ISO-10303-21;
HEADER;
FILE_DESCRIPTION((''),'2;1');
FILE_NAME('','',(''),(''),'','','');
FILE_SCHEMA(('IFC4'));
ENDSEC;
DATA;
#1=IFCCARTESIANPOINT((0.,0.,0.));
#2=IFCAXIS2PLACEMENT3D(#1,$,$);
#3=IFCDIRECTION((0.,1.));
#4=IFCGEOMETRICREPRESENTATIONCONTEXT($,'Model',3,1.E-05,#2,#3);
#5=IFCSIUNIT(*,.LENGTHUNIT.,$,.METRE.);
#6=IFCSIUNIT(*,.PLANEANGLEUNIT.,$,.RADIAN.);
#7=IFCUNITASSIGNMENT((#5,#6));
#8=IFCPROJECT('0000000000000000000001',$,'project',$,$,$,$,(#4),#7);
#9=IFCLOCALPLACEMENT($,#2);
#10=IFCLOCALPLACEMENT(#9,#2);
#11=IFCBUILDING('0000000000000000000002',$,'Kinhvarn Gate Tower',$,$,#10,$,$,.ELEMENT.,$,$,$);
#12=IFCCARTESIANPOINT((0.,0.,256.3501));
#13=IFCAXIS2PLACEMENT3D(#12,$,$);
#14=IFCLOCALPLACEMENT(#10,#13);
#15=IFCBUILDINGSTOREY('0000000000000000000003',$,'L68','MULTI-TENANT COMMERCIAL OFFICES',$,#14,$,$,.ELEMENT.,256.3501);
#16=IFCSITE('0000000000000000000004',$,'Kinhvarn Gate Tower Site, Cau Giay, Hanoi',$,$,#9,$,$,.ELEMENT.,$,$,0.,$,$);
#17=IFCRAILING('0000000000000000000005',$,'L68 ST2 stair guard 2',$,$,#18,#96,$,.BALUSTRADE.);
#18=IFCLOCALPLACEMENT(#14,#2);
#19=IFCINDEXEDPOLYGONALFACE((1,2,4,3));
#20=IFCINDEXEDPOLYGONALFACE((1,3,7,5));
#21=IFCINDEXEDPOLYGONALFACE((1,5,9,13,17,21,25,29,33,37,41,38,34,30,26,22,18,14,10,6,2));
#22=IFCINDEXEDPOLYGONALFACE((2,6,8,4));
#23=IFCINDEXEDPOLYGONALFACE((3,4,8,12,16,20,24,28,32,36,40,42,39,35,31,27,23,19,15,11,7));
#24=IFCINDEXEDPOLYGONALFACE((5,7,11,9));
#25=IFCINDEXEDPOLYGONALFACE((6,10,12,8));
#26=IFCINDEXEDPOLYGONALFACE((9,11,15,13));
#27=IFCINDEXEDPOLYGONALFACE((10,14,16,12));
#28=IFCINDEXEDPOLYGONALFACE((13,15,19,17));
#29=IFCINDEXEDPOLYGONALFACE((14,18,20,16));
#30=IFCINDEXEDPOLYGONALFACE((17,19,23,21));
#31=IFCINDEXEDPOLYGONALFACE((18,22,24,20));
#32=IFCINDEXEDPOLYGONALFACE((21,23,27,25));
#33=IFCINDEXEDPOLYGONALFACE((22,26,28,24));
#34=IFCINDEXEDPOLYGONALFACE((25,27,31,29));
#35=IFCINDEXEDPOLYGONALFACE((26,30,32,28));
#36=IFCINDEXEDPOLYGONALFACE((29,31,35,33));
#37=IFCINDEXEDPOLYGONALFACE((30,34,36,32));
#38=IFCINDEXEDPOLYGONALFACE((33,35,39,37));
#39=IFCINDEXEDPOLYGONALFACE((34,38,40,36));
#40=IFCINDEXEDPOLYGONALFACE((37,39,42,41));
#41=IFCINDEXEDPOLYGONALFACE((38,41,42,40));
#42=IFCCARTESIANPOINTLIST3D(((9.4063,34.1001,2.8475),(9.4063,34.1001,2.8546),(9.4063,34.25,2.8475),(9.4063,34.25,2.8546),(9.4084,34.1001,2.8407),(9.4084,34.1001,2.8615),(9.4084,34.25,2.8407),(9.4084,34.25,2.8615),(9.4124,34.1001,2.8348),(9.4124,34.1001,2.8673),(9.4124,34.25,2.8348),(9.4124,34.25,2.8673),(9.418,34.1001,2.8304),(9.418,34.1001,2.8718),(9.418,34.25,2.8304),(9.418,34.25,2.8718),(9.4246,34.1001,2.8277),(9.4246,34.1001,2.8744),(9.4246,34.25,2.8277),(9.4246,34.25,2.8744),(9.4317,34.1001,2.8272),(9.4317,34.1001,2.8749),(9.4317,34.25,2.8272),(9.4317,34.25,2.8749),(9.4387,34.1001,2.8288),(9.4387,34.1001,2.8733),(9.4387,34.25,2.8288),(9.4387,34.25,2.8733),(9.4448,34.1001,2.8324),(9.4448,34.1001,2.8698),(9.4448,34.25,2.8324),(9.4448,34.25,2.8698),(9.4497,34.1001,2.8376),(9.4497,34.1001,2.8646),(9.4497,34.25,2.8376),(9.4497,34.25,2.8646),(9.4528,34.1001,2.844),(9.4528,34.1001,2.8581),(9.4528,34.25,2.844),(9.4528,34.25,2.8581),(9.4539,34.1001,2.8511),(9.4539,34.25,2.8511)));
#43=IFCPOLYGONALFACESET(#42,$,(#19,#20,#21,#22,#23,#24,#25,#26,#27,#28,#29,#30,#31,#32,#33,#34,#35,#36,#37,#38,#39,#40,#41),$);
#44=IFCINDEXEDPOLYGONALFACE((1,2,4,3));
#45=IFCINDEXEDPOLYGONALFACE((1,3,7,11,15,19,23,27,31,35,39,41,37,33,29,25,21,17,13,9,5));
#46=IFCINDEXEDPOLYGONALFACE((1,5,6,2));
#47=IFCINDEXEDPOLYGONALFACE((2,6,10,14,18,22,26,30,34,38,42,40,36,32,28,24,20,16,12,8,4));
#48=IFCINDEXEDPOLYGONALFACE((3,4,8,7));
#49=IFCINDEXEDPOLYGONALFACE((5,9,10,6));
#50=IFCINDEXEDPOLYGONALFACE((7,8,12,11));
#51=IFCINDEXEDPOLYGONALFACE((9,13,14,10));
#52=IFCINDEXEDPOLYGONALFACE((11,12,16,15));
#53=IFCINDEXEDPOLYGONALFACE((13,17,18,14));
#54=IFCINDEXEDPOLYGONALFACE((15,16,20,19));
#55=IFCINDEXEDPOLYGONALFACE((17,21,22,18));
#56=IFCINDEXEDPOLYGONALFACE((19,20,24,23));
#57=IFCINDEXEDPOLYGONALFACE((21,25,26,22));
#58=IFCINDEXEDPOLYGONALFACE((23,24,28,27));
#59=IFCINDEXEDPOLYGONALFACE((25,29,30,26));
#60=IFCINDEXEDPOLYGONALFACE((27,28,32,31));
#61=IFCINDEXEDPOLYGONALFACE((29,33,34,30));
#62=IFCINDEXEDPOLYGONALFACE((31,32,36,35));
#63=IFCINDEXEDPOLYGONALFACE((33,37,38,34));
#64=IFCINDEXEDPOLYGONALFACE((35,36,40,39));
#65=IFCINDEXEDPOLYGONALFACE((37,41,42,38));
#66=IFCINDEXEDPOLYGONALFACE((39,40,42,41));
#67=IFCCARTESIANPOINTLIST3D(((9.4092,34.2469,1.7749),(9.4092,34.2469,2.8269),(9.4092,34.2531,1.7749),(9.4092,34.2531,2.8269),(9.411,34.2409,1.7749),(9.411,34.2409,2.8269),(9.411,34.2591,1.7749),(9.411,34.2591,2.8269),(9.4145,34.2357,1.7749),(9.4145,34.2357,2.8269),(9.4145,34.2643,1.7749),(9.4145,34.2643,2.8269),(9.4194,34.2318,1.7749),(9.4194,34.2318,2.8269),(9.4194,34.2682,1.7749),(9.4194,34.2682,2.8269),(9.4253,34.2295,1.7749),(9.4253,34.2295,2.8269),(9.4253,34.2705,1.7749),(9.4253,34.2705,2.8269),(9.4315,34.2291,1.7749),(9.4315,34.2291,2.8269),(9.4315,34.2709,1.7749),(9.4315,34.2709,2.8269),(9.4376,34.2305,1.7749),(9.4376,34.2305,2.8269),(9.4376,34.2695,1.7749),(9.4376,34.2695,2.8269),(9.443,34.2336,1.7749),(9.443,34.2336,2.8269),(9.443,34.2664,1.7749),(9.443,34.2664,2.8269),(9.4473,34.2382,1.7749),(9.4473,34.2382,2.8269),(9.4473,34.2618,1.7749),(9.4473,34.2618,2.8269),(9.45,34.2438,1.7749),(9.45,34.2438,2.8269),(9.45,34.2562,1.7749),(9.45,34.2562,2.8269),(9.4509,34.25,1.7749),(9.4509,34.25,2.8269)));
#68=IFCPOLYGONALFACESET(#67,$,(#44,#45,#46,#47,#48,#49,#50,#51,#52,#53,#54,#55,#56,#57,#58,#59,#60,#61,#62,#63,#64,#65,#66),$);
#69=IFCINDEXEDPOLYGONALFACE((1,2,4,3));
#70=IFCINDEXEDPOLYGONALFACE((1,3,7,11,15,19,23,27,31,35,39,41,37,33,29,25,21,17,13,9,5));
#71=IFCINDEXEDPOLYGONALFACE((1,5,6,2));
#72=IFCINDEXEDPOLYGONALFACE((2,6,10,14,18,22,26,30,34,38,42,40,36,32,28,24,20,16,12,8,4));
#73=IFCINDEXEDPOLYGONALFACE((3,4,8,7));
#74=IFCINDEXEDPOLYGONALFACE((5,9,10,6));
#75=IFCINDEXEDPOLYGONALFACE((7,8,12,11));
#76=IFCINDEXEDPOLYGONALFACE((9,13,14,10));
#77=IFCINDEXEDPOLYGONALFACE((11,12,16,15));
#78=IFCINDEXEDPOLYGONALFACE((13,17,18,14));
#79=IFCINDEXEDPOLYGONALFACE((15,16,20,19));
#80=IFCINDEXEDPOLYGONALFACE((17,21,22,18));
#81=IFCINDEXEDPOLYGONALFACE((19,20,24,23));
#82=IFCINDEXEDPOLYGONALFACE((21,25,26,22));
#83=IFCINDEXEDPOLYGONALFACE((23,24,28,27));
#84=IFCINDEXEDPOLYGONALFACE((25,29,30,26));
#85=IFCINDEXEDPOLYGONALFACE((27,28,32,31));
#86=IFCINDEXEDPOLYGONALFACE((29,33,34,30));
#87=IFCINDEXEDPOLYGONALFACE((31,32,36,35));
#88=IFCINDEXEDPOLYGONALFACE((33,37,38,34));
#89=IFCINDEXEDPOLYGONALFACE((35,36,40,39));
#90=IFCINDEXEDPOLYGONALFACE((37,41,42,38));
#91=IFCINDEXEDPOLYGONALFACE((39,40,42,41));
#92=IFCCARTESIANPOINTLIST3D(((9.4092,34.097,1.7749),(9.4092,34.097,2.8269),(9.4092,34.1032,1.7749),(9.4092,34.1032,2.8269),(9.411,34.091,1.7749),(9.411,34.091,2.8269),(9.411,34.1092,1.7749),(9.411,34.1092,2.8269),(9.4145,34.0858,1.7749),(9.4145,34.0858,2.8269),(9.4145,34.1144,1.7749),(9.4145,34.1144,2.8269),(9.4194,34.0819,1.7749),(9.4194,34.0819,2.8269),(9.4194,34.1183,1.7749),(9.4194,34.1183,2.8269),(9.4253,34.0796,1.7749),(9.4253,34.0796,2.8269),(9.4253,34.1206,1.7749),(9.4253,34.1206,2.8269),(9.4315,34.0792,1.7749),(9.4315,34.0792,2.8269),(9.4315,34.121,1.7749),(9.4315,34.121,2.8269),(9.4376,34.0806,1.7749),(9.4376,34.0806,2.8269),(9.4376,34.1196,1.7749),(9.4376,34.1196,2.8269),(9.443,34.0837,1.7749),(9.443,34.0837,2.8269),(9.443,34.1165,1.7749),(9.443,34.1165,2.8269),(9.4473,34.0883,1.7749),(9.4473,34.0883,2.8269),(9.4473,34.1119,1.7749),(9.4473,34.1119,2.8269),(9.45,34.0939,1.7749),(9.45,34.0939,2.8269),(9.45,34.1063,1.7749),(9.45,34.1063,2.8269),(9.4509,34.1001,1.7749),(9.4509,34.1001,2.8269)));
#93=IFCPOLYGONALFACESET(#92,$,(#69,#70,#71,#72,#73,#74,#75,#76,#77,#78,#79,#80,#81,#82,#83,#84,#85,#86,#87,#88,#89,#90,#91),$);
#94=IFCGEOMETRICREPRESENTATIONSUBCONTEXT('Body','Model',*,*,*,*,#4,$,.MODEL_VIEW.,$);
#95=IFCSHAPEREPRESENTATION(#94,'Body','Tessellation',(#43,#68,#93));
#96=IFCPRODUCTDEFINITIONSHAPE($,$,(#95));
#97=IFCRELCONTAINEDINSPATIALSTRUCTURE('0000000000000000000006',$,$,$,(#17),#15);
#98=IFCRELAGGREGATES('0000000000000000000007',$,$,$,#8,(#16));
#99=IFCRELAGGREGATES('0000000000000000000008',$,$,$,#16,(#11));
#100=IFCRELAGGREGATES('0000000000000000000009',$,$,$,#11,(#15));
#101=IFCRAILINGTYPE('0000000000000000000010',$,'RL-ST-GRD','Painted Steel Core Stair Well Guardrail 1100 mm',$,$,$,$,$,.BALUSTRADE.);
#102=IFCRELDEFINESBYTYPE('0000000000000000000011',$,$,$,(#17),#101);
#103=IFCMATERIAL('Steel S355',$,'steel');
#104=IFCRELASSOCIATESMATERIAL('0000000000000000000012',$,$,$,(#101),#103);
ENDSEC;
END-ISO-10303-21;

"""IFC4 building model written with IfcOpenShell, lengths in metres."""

from ifc_helpers import new_model, si_unit, direction, frame, origin, origin_2d, place, context, subcontext, project, spatial, circle, extrude, material, type_object, element, save


model = new_model("IFC4")

# Units and contexts
model_context = context("Model", 3, precision=1e-05, world=origin(), true_north=direction((0.0, 1.0)))
body_context = subcontext(model_context, "Body", "Model", "MODEL_VIEW")
ifc_project = project(units=[si_unit("LENGTHUNIT", "METRE"), si_unit("PLANEANGLEUNIT", "RADIAN")], contexts=[model_context])

# Site, building, storey
site_placement = place(None, origin())
site = spatial("IfcSite", under=ifc_project, at=site_placement, Name="Kinhvarn Gate Tower Site, Cau Giay, Hanoi", CompositionType="ELEMENT", RefElevation=0.0)
building_placement = place(site_placement, origin())
building = spatial("IfcBuilding", under=site, at=building_placement, Name="Kinhvarn Gate Tower", CompositionType="ELEMENT")
storey_placement = place(building_placement, frame((0.0, 0.0, 256.3501)))
storey = spatial("IfcBuildingStorey", under=building, at=storey_placement, Name="L68", Description="MULTI-TENANT COMMERCIAL OFFICES", CompositionType="ELEMENT", Elevation=256.3501)

# Railing
ifc_material_1 = material(Name="Steel S355", Category="steel")
railing_type_1 = type_object("IfcRailingType", Name="RL-ST-GRD", Description="Painted Steel Core Stair Well Guardrail 1100 mm", PredefinedType="BALUSTRADE", material=ifc_material_1)
railing_1_placement = place(storey_placement, frame((9.4299, 34.25, 1.7749)))
element("IfcRailing", 1, at=railing_1_placement, inside=storey, type_object=railing_type_1, Name="L68 ST2 stair guard 2", PredefinedType="BALUSTRADE", context=body_context, shape_type="SweptSolid", body=[
    extrude(circle(Radius=0.0239, at=origin_2d()), frame((0.0, 0.0, 1.0762), z_axis=(0.0, -1.0, 0.0), x_axis=(1.0, 0.0, 0.0)), (0.0, 0.0, 1.0), 0.1499),
    extrude(circle(Radius=0.021, at=origin_2d()), origin(), (0.0, 0.0, 1.0), 1.052),
    extrude(circle(Radius=0.021, at=origin_2d()), frame((0.0, -0.1499, 0.0)), (0.0, 0.0, 1.0), 1.052),
])

save(model, "model.ifc")
